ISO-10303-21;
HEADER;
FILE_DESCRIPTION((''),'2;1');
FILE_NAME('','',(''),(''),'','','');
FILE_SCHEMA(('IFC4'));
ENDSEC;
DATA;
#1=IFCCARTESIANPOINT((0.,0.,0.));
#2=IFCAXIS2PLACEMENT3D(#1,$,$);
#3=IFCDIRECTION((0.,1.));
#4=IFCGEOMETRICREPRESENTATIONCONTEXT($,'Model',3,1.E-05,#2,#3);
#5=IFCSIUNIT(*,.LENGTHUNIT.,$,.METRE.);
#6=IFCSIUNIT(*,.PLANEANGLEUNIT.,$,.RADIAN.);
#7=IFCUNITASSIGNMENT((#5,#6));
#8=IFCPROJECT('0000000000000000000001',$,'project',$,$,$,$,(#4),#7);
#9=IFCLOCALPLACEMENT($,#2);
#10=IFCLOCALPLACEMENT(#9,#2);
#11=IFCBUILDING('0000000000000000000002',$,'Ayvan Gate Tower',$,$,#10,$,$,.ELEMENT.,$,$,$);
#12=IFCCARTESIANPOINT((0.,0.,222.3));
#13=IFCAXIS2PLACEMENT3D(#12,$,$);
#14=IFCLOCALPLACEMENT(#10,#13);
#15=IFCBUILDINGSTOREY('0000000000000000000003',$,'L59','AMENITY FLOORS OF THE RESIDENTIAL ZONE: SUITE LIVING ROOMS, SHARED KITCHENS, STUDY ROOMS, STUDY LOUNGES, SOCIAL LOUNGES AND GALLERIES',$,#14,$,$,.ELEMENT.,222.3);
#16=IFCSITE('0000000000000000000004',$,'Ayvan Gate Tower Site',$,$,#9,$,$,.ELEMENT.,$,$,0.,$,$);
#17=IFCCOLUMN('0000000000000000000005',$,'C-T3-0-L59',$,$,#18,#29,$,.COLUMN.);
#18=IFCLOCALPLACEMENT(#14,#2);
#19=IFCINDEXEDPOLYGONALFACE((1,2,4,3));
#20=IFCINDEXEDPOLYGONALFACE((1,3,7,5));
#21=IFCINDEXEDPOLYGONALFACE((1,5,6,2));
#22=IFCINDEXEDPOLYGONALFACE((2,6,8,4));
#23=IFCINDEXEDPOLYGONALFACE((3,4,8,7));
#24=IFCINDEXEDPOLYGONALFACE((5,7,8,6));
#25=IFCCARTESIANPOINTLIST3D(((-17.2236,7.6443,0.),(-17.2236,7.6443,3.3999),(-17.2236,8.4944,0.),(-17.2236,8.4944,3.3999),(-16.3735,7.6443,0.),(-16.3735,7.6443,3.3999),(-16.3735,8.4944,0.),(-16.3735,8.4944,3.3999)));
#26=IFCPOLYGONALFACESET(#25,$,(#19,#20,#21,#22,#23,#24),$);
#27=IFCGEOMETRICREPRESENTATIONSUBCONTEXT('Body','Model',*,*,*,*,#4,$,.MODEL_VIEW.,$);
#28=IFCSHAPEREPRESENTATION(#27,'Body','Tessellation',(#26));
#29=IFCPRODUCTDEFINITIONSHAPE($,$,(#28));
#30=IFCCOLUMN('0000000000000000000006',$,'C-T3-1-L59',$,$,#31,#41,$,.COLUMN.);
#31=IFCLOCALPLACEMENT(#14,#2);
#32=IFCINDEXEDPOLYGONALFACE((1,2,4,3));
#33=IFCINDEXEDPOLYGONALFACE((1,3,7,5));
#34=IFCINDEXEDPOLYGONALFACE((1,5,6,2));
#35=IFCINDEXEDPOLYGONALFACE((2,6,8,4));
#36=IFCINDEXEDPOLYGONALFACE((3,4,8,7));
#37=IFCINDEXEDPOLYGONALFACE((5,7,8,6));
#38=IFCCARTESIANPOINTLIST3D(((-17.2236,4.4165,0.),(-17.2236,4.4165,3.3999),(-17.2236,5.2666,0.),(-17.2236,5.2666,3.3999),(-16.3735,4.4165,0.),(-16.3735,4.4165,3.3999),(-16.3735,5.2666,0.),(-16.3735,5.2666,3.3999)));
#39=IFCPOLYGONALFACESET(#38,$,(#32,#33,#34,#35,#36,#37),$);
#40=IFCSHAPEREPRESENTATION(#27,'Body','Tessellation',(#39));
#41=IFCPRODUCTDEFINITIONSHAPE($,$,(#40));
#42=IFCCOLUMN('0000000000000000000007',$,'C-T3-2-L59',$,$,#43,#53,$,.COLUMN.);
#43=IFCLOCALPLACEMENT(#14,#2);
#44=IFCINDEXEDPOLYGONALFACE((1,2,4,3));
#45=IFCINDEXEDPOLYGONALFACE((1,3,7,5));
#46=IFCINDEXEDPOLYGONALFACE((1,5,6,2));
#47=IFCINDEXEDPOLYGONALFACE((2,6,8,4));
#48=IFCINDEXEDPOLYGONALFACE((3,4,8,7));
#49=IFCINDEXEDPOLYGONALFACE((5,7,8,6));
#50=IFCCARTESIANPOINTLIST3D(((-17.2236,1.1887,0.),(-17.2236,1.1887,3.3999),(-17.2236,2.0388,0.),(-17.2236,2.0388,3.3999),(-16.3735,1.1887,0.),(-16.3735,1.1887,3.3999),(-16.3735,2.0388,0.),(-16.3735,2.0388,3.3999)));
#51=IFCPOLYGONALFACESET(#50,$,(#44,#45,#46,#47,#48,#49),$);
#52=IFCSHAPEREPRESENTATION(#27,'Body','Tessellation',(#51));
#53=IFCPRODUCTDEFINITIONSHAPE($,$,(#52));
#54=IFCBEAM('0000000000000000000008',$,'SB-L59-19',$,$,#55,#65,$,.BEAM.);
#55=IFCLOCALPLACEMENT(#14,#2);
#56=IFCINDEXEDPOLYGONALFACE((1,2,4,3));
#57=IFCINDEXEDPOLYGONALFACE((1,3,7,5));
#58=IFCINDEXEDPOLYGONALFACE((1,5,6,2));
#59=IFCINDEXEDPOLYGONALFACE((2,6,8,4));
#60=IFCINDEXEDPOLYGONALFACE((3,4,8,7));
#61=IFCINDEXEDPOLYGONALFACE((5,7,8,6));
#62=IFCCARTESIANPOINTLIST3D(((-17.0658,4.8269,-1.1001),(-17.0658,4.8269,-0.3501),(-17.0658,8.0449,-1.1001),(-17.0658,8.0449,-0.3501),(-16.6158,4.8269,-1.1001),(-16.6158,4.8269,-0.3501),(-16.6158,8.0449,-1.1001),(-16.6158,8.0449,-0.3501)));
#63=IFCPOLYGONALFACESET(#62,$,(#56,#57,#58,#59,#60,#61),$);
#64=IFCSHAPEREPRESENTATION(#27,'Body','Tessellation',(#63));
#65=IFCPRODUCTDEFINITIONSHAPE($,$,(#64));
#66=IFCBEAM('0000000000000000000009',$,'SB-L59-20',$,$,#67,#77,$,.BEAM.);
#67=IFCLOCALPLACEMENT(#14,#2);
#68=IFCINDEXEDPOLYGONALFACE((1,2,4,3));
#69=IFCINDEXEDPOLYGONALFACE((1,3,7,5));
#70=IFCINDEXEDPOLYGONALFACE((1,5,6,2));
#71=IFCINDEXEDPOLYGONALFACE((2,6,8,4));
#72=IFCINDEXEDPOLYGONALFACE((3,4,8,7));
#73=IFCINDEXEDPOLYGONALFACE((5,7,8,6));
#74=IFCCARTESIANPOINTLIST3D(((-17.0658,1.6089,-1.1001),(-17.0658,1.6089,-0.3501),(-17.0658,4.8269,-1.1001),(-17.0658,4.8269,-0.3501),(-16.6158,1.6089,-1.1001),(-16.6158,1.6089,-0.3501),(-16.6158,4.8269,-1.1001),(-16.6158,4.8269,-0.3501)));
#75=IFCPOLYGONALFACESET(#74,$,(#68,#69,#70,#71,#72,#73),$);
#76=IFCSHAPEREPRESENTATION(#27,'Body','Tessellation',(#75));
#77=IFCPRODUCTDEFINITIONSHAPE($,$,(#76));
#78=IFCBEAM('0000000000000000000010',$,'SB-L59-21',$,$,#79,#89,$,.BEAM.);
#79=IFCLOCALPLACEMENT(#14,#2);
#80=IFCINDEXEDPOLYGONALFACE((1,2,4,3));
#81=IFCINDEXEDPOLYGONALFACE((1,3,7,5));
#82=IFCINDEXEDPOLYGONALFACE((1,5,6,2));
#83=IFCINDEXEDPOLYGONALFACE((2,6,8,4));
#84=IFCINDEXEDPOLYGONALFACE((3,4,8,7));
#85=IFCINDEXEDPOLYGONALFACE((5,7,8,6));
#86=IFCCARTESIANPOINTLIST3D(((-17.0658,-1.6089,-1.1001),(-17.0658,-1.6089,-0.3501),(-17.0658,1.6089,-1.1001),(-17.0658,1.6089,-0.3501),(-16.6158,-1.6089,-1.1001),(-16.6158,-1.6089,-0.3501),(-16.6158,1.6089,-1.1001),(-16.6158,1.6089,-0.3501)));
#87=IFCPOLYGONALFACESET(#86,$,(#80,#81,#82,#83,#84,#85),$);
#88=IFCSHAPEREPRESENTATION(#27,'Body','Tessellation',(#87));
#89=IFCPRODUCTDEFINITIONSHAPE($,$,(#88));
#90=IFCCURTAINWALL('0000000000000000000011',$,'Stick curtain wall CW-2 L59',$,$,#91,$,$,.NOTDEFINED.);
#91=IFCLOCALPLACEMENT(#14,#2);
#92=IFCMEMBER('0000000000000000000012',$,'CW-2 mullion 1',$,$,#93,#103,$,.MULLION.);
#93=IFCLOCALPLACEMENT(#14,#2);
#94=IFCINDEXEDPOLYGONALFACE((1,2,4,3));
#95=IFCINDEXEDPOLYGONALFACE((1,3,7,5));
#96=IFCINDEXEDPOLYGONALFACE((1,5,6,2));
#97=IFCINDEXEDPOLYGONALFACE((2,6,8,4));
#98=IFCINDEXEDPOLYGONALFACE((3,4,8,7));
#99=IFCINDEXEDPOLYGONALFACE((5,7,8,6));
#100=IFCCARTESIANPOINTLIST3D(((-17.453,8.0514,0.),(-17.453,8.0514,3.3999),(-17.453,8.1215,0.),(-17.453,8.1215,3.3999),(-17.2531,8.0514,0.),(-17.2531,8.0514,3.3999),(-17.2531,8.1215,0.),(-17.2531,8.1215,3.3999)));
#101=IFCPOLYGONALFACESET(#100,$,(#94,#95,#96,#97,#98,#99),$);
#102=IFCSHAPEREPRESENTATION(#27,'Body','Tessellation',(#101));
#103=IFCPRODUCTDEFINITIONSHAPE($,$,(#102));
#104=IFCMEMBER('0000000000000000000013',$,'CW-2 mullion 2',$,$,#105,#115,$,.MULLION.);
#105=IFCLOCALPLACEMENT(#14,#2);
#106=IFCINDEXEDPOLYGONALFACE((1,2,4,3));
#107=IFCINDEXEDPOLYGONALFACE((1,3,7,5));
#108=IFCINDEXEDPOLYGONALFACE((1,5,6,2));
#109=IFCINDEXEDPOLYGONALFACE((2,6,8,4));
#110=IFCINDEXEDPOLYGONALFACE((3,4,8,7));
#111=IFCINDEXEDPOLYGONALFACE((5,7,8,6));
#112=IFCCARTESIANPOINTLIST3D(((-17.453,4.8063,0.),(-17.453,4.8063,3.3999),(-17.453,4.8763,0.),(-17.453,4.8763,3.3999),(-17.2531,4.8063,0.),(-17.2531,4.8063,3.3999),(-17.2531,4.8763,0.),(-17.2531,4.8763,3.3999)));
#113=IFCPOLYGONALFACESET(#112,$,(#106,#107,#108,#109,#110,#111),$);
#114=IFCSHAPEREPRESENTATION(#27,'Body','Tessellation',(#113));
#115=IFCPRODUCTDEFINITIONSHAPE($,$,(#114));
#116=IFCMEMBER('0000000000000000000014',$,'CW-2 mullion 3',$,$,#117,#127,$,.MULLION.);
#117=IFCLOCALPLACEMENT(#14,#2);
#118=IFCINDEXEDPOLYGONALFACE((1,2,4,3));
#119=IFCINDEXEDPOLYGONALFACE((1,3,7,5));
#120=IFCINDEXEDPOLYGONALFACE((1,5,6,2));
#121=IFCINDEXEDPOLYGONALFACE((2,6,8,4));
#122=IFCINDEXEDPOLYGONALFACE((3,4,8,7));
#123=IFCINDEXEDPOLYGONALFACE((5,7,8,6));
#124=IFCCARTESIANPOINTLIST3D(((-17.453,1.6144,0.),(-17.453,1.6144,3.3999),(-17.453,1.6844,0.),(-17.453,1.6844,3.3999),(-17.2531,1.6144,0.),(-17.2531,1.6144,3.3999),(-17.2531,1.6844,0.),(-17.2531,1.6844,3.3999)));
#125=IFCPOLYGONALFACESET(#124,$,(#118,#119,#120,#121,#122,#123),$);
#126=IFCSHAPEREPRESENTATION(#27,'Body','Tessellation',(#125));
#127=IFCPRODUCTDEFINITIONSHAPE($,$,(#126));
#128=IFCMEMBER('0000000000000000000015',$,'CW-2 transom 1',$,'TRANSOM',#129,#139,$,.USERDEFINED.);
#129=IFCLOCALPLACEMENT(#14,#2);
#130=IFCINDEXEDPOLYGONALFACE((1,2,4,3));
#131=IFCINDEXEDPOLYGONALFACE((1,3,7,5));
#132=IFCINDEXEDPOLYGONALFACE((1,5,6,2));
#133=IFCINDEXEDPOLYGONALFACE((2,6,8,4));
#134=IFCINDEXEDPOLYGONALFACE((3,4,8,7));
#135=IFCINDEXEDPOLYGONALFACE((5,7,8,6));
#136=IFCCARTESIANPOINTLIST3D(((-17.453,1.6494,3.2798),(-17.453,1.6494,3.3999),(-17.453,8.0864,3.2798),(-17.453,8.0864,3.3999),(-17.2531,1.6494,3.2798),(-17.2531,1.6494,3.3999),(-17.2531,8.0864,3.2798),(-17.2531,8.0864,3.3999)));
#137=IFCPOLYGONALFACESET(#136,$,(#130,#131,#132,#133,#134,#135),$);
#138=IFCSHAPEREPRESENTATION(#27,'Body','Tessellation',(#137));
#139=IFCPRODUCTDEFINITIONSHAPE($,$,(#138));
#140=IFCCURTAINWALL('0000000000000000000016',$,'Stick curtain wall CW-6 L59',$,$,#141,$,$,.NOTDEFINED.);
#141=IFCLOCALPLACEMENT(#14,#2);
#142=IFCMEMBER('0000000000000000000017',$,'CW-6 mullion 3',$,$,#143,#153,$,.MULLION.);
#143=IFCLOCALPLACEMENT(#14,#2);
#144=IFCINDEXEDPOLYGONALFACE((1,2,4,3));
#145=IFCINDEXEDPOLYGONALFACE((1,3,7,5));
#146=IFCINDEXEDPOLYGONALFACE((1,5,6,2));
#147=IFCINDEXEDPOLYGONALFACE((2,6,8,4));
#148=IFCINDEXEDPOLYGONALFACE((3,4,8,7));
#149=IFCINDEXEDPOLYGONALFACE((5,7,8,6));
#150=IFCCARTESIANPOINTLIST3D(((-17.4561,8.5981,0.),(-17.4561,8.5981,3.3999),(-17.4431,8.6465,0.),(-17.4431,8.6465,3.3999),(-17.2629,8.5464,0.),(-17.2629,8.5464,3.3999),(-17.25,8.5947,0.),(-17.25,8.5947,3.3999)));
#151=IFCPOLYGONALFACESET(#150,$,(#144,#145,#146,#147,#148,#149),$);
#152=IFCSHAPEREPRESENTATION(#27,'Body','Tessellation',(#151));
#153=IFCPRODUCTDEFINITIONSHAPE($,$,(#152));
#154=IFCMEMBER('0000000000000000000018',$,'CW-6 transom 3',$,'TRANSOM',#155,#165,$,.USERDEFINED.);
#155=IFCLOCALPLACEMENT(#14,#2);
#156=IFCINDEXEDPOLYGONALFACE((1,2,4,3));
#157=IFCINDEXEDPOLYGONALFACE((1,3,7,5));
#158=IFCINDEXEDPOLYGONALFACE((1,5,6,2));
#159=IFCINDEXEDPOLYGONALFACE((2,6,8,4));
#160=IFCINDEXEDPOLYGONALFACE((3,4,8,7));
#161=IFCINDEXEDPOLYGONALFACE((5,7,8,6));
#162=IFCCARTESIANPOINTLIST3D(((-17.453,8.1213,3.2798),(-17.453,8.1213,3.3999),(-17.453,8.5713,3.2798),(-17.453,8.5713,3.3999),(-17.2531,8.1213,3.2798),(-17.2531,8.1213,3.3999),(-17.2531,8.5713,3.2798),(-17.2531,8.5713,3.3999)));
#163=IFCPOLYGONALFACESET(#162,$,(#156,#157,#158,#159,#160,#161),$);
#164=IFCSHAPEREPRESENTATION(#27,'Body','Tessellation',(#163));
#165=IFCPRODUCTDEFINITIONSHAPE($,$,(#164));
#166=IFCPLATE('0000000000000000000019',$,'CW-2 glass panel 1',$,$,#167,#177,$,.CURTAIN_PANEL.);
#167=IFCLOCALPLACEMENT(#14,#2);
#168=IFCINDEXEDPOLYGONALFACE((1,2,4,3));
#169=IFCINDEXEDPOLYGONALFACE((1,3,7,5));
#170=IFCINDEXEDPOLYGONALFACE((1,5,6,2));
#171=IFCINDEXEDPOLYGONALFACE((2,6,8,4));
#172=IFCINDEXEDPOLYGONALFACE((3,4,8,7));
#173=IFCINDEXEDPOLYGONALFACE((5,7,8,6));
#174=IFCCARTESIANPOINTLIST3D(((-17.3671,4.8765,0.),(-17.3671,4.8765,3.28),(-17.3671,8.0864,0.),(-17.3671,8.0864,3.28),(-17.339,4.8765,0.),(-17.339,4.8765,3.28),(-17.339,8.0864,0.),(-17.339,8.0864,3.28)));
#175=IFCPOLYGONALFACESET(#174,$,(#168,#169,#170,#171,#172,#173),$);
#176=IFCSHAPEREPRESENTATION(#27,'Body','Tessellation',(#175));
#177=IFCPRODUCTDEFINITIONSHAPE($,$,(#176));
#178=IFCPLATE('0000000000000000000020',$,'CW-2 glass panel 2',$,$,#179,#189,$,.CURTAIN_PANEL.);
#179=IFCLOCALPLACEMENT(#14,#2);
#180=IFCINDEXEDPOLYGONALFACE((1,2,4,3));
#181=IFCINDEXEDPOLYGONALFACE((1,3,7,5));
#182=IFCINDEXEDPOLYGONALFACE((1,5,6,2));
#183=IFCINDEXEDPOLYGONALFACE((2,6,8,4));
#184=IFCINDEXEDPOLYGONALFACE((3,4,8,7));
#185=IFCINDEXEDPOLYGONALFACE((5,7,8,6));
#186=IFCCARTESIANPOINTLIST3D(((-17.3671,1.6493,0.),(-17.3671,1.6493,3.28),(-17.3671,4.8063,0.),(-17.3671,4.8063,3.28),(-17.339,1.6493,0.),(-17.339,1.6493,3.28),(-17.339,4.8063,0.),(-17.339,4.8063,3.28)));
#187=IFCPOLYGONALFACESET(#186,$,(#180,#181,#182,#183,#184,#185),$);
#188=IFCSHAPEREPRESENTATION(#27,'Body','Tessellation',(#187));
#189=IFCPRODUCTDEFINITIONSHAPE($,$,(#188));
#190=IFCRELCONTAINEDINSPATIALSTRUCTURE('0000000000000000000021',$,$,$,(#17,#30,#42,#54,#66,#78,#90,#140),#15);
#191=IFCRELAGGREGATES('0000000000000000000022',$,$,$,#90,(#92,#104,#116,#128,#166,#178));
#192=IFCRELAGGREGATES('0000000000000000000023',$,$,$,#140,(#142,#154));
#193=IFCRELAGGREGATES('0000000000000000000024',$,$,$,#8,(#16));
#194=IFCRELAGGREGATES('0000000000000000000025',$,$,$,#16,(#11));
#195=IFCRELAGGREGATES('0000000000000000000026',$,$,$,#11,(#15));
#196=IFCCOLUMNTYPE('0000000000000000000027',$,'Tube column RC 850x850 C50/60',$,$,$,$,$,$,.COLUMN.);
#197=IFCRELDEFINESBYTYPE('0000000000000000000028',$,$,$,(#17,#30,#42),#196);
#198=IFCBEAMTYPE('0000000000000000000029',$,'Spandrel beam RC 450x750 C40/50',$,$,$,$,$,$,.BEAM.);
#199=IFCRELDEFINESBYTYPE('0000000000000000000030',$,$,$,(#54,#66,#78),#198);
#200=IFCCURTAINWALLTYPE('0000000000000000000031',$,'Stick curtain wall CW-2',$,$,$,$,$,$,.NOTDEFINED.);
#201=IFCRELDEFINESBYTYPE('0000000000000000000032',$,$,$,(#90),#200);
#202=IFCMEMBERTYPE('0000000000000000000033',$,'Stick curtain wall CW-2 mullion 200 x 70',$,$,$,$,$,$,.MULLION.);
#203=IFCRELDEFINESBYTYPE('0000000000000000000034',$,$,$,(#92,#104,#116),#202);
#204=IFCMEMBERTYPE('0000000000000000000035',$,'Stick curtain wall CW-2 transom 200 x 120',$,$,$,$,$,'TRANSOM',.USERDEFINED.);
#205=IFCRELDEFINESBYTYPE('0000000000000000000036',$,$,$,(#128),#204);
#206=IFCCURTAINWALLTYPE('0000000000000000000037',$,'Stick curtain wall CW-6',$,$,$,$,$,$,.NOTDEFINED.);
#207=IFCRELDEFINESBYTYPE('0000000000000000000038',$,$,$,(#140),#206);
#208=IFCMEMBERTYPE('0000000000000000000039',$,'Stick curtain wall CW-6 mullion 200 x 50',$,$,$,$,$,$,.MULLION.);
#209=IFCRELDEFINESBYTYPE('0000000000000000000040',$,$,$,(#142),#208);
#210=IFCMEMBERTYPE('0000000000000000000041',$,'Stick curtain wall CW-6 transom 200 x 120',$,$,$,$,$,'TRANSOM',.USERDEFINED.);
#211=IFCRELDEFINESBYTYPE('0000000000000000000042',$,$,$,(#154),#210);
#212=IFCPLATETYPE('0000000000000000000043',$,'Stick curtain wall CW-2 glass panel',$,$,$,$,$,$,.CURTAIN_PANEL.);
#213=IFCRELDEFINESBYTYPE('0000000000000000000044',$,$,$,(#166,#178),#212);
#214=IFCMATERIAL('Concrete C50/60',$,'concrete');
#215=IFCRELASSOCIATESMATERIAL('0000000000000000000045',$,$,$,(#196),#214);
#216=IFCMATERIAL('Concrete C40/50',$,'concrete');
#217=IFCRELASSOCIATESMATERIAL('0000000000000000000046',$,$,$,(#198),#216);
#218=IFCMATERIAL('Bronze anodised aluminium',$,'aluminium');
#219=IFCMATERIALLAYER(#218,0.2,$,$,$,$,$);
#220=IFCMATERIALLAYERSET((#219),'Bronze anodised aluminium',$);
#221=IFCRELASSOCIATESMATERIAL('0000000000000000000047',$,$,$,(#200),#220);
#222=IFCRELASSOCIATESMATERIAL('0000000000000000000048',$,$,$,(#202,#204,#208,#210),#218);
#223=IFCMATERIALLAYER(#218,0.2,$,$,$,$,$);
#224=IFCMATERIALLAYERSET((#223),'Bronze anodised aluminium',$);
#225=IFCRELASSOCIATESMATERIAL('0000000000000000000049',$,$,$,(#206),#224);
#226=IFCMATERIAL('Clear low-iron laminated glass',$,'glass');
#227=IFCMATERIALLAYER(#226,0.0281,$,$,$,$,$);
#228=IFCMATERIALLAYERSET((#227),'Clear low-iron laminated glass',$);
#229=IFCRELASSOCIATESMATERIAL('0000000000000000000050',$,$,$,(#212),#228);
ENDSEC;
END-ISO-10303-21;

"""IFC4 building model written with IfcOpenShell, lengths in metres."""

from ifc_helpers import new_model, si_unit, direction, frame, origin, origin_2d, place, context, subcontext, project, spatial, rectangle, extrude, material, layer, layer_set, material_profile, profile_set, type_object, element, aggregate, save


model = new_model("IFC4")

# Units and contexts
model_context = context("Model", 3, precision=1e-05, world=origin(), true_north=direction((0.0, 1.0)))
body_context = subcontext(model_context, "Body", "Model", "MODEL_VIEW")
ifc_project = project(units=[si_unit("LENGTHUNIT", "METRE"), si_unit("PLANEANGLEUNIT", "RADIAN")], contexts=[model_context])

# Site, building, storey
site_placement = place(None, origin())
site = spatial("IfcSite", under=ifc_project, at=site_placement, Name="Ayvan Gate Tower Site", CompositionType="ELEMENT", RefElevation=0.0)
building_placement = place(site_placement, origin())
building = spatial("IfcBuilding", under=site, at=building_placement, Name="Ayvan Gate Tower", CompositionType="ELEMENT")
storey_placement = place(building_placement, frame((0.0, 0.0, 222.3)))
storey = spatial("IfcBuildingStorey", under=building, at=storey_placement, Name="L59", Description="AMENITY FLOORS OF THE RESIDENTIAL ZONE: SUITE LIVING ROOMS, SHARED KITCHENS, STUDY ROOMS, STUDY LOUNGES, SOCIAL LOUNGES AND GALLERIES", CompositionType="ELEMENT", Elevation=222.3)

# Columns
ifc_material_1 = material(Name="Concrete C50/60", Category="concrete")
ifc_material_profile_1 = material_profile(ifc_material_1, rectangle(XDim=0.8501, YDim=0.8501, at=origin_2d()), Name="RC 850x850")
ifc_profile_set_1 = profile_set([ifc_material_profile_1], Name="Concrete C50/60")
column_type = type_object("IfcColumnType", Name="Tube column RC 850x850 C50/60", PredefinedType="COLUMN", material=ifc_profile_set_1)
for number, where, z_axis, x_axis, name in (
    (1, (-16.7986, 8.0693, 0.0), (0.0, 0.0, 1.0), (-1.0, 0.0, 0.0), "C-T3-0-L59"),
    (2, (-16.7986, 4.8416, 0.0), (0.0, 0.0, 1.0), (-1.0, 0.0, 0.0), "C-T3-1-L59"),
    (3, (-16.7986, 1.6138, 0.0), (0.0, 0.0, 1.0), (-1.0, 0.0, 0.0), "C-T3-2-L59"),
):
    element("IfcColumn", number, at=place(storey_placement, frame(where, z_axis=z_axis, x_axis=x_axis)), inside=storey, type_object=column_type, Name=name, PredefinedType="COLUMN", context=body_context, shape_type="SweptSolid", body=[
        extrude(rectangle(XDim=0.8501, YDim=0.8501, at=origin_2d()), origin(), (0.0, 0.0, 1.0), 3.3999),
    ])

# Beams
ifc_material_2 = material(Name="Concrete C40/50", Category="concrete")
ifc_material_profile_2 = material_profile(ifc_material_2, rectangle(XDim=0.45, YDim=0.75, at=origin_2d()), Name="RC 450x750")
ifc_profile_set_2 = profile_set([ifc_material_profile_2], Name="Concrete C40/50")
beam_type = type_object("IfcBeamType", Name="Spandrel beam RC 450x750 C40/50", PredefinedType="BEAM", material=ifc_profile_set_2)
for number, where, z_axis, x_axis, name in (
    (4, (-16.8408, 8.0449, -0.7251), (0.0, -1.0, 0.0), (1.0, 0.0, 0.0), "SB-L59-19"),
    (5, (-16.8408, 4.8269, -0.7251), (0.0, -1.0, 0.0), (1.0, 0.0, 0.0), "SB-L59-20"),
):
    element("IfcBeam", number, at=place(storey_placement, frame(where, z_axis=z_axis, x_axis=x_axis)), inside=storey, type_object=beam_type, Name=name, PredefinedType="BEAM", context=body_context, shape_type="SweptSolid", body=[
        extrude(rectangle(XDim=0.45, YDim=0.75, at=origin_2d()), origin(), (0.0, 0.0, 1.0), 3.218),
    ])
beam_placement = place(storey_placement, frame((-16.8408, 1.6089, -0.7251), z_axis=(0.0, -1.0, 0.0), x_axis=(1.0, 0.0, 0.0)))
element("IfcBeam", 6, at=beam_placement, inside=storey, type_object=beam_type, Name="SB-L59-21", PredefinedType="BEAM", context=body_context, shape_type="SweptSolid", body=[
    extrude(rectangle(XDim=0.45, YDim=0.75, at=origin_2d()), origin(), (0.0, 0.0, 1.0), 3.2178),
])

# Curtain walls, members
ifc_material_3 = material(Name="Bronze anodised aluminium", Category="aluminium")
ifc_layer_1 = layer(ifc_material_3, 0.2)
ifc_layer_set_1 = layer_set([ifc_layer_1], Name="Bronze anodised aluminium")
curtain_wall_type_1 = type_object("IfcCurtainWallType", Name="Stick curtain wall CW-2", PredefinedType="NOTDEFINED", material=ifc_layer_set_1)
curtain_wall_1_placement = place(storey_placement, origin())
curtain_wall_1 = element("IfcCurtainWall", 7, at=curtain_wall_1_placement, inside=storey, type_object=curtain_wall_type_1, Name="Stick curtain wall CW-2 L59", PredefinedType="NOTDEFINED")
ifc_material_profile_3 = material_profile(ifc_material_3, rectangle(XDim=0.2, YDim=0.0701, at=origin_2d()), Name="Stick curtain wall CW-2 mullion 200 x 70")
ifc_profile_set_3 = profile_set([ifc_material_profile_3], Name="Bronze anodised aluminium")
member_type_1 = type_object("IfcMemberType", Name="Stick curtain wall CW-2 mullion 200 x 70", PredefinedType="MULLION", material=ifc_profile_set_3)
member_1_placement = place(storey_placement, frame((-17.353, 8.0864, 0.0), z_axis=(0.0, 0.0, 1.0), x_axis=(-1.0, 0.0, 0.0)))
member_1 = element("IfcMember", 8, at=member_1_placement, type_object=member_type_1, Name="CW-2 mullion 1", PredefinedType="MULLION", context=body_context, shape_type="SweptSolid", body=[
    extrude(rectangle(XDim=0.2, YDim=0.0701, at=origin_2d()), origin(), (0.0, 0.0, 1.0), 3.3999),
])
member_2_placement = place(storey_placement, frame((-17.353, 4.8413, 0.0), z_axis=(0.0, 0.0, 1.0), x_axis=(-1.0, 0.0, 0.0)))
member_2 = element("IfcMember", 9, at=member_2_placement, type_object=member_type_1, Name="CW-2 mullion 2", PredefinedType="MULLION", context=body_context, shape_type="SweptSolid", body=[
    extrude(rectangle(XDim=0.2, YDim=0.0701, at=origin_2d()), origin(), (0.0, 0.0, 1.0), 3.3999),
])
member_3_placement = place(storey_placement, frame((-17.353, 1.6494, 0.0), z_axis=(0.0, 0.0, 1.0), x_axis=(-1.0, 0.0, 0.0)))
member_3 = element("IfcMember", 10, at=member_3_placement, type_object=member_type_1, Name="CW-2 mullion 3", PredefinedType="MULLION", context=body_context, shape_type="SweptSolid", body=[
    extrude(rectangle(XDim=0.2, YDim=0.0701, at=origin_2d()), origin(), (0.0, 0.0, 1.0), 3.3999),
])
ifc_material_profile_4 = material_profile(ifc_material_3, rectangle(XDim=0.2, YDim=0.1201, at=origin_2d()), Name="Stick curtain wall CW-2 transom 200 x 120")
ifc_profile_set_4 = profile_set([ifc_material_profile_4], Name="Bronze anodised aluminium")
member_type_2 = type_object("IfcMemberType", Name="Stick curtain wall CW-2 transom 200 x 120", ElementType="TRANSOM", PredefinedType="USERDEFINED", material=ifc_profile_set_4)
member_4_placement = place(storey_placement, frame((-17.353, 8.0864, 3.3398), z_axis=(0.0, -1.0, 0.0), x_axis=(1.0, 0.0, 0.0)))
member_4 = element("IfcMember", 11, at=member_4_placement, type_object=member_type_2, Name="CW-2 transom 1", ObjectType="TRANSOM", PredefinedType="USERDEFINED", context=body_context, shape_type="SweptSolid", body=[
    extrude(rectangle(XDim=0.2, YDim=0.1201, at=origin_2d()), origin(), (0.0, 0.0, 1.0), 6.437),
])
ifc_layer_2 = layer(ifc_material_3, 0.2)
ifc_layer_set_2 = layer_set([ifc_layer_2], Name="Bronze anodised aluminium")
curtain_wall_type_2 = type_object("IfcCurtainWallType", Name="Stick curtain wall CW-6", PredefinedType="NOTDEFINED", material=ifc_layer_set_2)
curtain_wall_2_placement = place(storey_placement, origin())
curtain_wall_2 = element("IfcCurtainWall", 12, at=curtain_wall_2_placement, inside=storey, type_object=curtain_wall_type_2, Name="Stick curtain wall CW-6 L59", PredefinedType="NOTDEFINED")
ifc_material_profile_5 = material_profile(ifc_material_3, rectangle(XDim=0.2, YDim=0.05, at=origin_2d()), Name="Stick curtain wall CW-6 mullion 200 x 50")
ifc_profile_set_5 = profile_set([ifc_material_profile_5], Name="Bronze anodised aluminium")
member_type_3 = type_object("IfcMemberType", Name="Stick curtain wall CW-6 mullion 200 x 50", PredefinedType="MULLION", material=ifc_profile_set_5)
member_5_placement = place(storey_placement, frame((-17.353, 8.5964, 0.0), z_axis=(0.0, 0.0, 1.0), x_axis=(-0.965926, 0.258819, 0.0)))
member_5 = element("IfcMember", 13, at=member_5_placement, type_object=member_type_3, Name="CW-6 mullion 3", PredefinedType="MULLION", context=body_context, shape_type="SweptSolid", body=[
    extrude(rectangle(XDim=0.2, YDim=0.05, at=origin_2d()), origin(), (0.0, 0.0, 1.0), 3.3999),
])
ifc_material_profile_6 = material_profile(ifc_material_3, rectangle(XDim=0.2, YDim=0.1201, at=origin_2d()), Name="Stick curtain wall CW-6 transom 200 x 120")
ifc_profile_set_6 = profile_set([ifc_material_profile_6], Name="Bronze anodised aluminium")
member_type_4 = type_object("IfcMemberType", Name="Stick curtain wall CW-6 transom 200 x 120", ElementType="TRANSOM", PredefinedType="USERDEFINED", material=ifc_profile_set_6)
member_6_placement = place(storey_placement, frame((-17.353, 8.5713, 3.3398), z_axis=(0.0, -1.0, 0.0), x_axis=(1.0, 0.0, 0.0)))
member_6 = element("IfcMember", 14, at=member_6_placement, type_object=member_type_4, Name="CW-6 transom 3", ObjectType="TRANSOM", PredefinedType="USERDEFINED", context=body_context, shape_type="SweptSolid", body=[
    extrude(rectangle(XDim=0.2, YDim=0.1201, at=origin_2d()), origin(), (0.0, 0.0, 1.0), 0.45),
])

# Plates
ifc_material_4 = material(Name="Clear low-iron laminated glass", Category="glass")
ifc_layer_3 = layer(ifc_material_4, 0.0281)
ifc_layer_set_3 = layer_set([ifc_layer_3], Name="Clear low-iron laminated glass")
plate_type_1 = type_object("IfcPlateType", Name="Stick curtain wall CW-2 glass panel", PredefinedType="CURTAIN_PANEL", material=ifc_layer_set_3)
plate_1_placement = place(storey_placement, frame((-17.353, 6.4814, 0.0), z_axis=(0.0, 0.0, 1.0), x_axis=(0.0, -1.0, 0.0)))
plate_1 = element("IfcPlate", 15, at=plate_1_placement, type_object=plate_type_1, Name="CW-2 glass panel 1", PredefinedType="CURTAIN_PANEL", context=body_context, shape_type="SweptSolid", body=[
    extrude(rectangle(XDim=3.21, YDim=0.0281, at=origin_2d()), origin(), (0.0, 0.0, 1.0), 3.28),
])
plate_2_placement = place(storey_placement, frame((-17.353, 3.2278, 0.0), z_axis=(0.0, 0.0, 1.0), x_axis=(0.0, -1.0, 0.0)))
plate_2 = element("IfcPlate", 16, at=plate_2_placement, type_object=plate_type_1, Name="CW-2 glass panel 2", PredefinedType="CURTAIN_PANEL", context=body_context, shape_type="SweptSolid", body=[
    extrude(rectangle(XDim=3.157, YDim=0.0281, at=origin_2d()), origin(), (0.0, 0.0, 1.0), 3.28),
])
aggregate(curtain_wall_1, [member_1, member_2, member_3, member_4, plate_1, plate_2])
aggregate(curtain_wall_2, [member_5, member_6])

save(model, "model.ifc")
